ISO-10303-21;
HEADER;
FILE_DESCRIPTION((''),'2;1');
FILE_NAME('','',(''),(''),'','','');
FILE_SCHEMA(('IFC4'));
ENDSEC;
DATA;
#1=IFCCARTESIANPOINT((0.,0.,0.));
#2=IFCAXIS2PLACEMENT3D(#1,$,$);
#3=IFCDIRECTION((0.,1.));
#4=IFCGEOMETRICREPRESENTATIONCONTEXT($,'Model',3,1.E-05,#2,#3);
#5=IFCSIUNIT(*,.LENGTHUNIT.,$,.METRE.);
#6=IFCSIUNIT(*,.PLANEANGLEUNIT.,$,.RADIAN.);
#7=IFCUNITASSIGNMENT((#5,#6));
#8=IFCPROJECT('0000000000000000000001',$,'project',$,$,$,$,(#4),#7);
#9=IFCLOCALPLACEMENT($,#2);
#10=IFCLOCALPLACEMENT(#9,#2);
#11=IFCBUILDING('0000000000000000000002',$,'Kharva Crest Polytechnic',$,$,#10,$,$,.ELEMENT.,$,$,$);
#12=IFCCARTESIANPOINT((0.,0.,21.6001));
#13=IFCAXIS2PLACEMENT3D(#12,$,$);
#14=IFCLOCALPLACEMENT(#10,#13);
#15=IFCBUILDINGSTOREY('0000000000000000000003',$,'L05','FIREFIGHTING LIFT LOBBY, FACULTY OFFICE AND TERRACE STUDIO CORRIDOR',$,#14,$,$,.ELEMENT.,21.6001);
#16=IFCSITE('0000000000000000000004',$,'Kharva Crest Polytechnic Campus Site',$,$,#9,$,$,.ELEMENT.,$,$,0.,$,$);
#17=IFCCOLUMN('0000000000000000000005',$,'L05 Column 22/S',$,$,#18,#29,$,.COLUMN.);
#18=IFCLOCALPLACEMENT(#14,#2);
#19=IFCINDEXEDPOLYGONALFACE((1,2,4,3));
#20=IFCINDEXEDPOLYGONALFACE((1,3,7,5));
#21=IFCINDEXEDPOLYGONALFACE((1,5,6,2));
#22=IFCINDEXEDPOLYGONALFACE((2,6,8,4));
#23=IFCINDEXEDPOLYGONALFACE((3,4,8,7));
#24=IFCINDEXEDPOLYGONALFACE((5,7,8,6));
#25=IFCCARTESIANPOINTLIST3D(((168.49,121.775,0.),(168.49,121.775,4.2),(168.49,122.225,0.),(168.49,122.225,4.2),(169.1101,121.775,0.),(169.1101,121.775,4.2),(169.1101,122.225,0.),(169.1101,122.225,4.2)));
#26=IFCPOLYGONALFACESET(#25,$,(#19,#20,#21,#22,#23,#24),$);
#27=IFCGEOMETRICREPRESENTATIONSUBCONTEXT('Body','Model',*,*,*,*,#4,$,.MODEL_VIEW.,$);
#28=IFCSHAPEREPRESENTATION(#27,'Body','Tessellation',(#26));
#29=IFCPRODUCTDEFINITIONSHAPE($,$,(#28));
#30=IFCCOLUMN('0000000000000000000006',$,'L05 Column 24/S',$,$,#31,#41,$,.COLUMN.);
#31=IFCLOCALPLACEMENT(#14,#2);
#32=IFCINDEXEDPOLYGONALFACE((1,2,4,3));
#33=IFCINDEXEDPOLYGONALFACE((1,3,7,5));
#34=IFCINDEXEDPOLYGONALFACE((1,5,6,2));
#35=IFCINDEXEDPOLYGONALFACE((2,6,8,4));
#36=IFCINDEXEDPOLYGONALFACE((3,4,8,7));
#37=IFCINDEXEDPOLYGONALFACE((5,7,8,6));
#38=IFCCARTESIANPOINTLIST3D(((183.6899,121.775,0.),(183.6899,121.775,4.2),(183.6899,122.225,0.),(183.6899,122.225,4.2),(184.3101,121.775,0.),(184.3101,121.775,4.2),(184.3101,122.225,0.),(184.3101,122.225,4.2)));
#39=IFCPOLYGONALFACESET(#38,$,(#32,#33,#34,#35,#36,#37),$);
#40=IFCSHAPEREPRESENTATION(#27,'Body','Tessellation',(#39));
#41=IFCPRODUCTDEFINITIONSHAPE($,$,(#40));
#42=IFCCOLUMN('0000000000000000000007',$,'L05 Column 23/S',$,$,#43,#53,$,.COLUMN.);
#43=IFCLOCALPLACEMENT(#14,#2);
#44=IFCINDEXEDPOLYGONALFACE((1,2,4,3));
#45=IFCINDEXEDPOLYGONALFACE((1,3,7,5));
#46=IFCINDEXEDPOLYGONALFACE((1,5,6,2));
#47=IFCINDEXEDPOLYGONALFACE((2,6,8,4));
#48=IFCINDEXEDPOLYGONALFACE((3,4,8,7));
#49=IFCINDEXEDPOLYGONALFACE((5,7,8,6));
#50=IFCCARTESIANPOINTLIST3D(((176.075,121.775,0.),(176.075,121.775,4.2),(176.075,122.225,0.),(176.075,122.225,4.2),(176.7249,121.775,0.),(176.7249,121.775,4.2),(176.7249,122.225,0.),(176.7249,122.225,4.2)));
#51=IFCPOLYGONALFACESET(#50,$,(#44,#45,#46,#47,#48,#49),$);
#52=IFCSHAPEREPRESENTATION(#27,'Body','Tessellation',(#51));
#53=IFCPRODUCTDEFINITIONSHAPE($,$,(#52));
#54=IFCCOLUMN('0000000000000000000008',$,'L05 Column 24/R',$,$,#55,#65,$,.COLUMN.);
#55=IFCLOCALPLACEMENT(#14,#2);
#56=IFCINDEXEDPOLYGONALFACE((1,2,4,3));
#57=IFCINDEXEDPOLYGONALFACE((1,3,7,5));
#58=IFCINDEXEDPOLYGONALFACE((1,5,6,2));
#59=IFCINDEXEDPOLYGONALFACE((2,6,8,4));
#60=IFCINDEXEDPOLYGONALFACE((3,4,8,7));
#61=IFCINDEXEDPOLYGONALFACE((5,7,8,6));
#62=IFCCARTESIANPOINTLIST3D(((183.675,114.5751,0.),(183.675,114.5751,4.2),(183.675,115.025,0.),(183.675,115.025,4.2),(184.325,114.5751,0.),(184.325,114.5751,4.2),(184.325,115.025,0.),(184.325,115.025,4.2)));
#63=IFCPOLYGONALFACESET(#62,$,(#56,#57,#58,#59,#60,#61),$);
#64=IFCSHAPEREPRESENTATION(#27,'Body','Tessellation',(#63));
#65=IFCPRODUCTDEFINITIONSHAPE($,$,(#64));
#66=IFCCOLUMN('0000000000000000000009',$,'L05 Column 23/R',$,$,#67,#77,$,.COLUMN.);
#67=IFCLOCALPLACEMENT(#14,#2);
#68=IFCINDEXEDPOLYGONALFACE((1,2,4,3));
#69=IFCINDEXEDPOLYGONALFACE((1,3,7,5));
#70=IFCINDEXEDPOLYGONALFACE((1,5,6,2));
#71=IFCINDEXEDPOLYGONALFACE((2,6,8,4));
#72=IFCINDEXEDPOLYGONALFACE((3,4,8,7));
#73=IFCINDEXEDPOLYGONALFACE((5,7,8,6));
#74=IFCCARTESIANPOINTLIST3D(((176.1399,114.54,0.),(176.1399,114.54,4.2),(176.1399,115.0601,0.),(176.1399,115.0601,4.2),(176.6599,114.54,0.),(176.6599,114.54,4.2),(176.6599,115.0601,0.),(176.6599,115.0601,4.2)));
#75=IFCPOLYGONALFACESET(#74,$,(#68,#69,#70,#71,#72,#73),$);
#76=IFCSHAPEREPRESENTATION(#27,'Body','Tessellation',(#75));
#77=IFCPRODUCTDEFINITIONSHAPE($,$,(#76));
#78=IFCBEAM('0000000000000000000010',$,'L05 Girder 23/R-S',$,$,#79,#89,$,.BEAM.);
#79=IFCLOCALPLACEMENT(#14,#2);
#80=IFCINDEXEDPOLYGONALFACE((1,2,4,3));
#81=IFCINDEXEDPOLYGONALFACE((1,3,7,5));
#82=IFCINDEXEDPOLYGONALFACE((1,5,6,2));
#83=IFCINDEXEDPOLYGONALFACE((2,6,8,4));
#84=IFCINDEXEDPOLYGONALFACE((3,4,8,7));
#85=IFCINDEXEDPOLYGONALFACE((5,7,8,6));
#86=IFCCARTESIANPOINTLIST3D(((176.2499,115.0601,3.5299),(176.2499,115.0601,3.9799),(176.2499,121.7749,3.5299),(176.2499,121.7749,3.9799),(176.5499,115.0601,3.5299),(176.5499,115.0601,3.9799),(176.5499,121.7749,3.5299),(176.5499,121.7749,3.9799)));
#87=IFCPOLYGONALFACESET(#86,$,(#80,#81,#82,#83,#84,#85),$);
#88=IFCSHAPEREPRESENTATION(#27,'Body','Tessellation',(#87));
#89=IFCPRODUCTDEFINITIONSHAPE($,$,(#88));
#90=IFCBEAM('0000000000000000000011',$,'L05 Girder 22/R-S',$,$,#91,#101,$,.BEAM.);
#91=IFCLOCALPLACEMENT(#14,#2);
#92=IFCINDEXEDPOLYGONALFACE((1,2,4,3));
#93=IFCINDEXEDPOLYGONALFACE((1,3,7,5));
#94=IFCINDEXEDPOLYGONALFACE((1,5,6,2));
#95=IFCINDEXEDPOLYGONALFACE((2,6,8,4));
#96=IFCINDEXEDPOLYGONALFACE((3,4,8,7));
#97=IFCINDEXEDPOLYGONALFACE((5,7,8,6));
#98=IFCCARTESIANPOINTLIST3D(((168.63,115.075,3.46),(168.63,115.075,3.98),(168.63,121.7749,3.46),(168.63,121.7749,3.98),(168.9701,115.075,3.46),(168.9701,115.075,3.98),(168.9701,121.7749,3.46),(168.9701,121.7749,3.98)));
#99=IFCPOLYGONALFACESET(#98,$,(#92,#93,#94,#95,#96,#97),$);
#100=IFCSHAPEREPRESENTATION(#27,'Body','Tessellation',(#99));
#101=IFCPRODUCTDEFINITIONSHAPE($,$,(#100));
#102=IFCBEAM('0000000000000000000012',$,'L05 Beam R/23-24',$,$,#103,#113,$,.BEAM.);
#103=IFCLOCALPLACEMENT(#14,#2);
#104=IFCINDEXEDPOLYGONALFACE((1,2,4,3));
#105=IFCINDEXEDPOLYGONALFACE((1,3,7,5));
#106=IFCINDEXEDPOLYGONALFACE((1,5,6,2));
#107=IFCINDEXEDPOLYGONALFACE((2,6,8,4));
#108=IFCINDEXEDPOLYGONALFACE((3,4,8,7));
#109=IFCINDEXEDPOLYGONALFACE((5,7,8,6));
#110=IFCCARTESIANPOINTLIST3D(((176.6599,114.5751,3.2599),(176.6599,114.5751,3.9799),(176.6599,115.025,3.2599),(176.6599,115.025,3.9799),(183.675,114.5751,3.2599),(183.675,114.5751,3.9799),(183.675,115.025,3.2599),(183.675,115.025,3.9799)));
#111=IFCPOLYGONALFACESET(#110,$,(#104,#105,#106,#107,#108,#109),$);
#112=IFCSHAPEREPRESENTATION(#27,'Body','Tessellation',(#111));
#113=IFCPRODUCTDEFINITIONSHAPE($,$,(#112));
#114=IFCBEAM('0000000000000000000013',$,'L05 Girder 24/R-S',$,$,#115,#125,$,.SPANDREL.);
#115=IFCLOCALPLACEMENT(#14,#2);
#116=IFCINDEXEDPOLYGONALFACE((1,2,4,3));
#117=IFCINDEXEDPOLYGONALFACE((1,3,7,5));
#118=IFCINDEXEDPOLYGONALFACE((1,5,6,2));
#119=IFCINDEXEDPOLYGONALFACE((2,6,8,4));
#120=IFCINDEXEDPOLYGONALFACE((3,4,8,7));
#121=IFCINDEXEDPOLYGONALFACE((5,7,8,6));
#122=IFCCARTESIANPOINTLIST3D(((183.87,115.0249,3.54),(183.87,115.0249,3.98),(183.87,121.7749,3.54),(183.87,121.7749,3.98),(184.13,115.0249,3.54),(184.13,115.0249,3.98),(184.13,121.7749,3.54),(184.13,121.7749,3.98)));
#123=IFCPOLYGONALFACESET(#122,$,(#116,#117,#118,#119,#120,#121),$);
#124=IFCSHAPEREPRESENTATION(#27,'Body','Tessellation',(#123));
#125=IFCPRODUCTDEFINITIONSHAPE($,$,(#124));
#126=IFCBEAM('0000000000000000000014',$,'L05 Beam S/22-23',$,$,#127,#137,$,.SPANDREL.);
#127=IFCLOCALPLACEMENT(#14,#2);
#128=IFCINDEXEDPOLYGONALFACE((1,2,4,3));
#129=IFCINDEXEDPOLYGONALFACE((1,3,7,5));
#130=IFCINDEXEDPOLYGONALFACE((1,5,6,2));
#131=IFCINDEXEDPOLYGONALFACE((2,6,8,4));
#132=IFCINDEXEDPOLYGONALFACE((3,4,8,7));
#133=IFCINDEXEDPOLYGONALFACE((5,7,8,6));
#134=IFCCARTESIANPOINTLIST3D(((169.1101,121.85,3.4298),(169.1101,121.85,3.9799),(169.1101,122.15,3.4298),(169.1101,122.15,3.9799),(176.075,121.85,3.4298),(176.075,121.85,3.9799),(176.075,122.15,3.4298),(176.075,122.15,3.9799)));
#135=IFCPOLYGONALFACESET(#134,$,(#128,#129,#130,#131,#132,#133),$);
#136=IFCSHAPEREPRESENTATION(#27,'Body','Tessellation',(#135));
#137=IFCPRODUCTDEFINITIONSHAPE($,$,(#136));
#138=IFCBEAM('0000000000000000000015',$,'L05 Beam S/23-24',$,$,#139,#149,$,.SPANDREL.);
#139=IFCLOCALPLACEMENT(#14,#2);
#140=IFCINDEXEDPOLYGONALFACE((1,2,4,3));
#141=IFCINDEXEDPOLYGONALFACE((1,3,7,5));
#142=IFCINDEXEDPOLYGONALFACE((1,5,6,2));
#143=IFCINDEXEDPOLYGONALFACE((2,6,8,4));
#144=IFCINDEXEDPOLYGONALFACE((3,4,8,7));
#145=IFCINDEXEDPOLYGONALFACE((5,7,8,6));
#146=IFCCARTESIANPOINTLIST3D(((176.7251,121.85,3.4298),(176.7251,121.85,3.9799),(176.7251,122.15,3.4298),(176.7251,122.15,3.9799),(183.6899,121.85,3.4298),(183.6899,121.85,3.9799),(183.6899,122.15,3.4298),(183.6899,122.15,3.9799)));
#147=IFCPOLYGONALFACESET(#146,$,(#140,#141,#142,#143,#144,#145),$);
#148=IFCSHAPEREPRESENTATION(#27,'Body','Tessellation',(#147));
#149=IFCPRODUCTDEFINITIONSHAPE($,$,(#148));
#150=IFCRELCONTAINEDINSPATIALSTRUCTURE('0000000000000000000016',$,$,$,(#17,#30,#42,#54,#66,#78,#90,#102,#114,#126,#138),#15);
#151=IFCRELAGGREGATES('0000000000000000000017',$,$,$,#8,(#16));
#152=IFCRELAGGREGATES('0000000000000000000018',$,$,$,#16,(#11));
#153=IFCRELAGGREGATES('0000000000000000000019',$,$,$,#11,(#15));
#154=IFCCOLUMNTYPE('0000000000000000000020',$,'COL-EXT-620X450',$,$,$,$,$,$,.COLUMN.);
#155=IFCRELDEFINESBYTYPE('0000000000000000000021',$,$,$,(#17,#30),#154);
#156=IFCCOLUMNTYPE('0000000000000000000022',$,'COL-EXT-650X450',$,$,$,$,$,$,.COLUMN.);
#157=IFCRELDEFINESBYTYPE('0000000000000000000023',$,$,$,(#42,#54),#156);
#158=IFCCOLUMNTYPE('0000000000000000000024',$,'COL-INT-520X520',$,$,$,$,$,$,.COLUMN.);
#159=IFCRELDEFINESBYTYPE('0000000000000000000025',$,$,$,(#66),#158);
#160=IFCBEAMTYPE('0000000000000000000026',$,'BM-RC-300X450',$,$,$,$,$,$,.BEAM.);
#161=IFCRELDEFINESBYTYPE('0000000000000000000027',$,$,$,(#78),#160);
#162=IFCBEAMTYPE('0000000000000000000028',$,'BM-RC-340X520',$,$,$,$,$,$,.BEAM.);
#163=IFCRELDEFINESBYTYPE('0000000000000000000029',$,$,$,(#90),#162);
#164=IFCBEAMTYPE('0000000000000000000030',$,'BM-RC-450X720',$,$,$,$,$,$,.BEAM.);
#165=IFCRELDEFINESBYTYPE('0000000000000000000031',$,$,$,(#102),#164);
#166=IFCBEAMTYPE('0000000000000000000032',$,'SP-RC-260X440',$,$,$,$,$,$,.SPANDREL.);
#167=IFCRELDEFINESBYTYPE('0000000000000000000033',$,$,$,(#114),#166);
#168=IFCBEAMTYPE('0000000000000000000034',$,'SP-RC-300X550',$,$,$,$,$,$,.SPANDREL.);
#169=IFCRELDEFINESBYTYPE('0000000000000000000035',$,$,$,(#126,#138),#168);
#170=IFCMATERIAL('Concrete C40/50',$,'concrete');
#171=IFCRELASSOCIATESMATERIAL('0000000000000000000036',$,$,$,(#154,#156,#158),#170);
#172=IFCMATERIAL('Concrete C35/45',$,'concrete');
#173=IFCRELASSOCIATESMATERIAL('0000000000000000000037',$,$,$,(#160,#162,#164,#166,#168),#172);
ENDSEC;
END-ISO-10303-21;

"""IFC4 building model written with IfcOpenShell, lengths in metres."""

from ifc_helpers import new_model, si_unit, direction, frame, origin, origin_2d, place, context, subcontext, project, spatial, rectangle, extrude, material, material_profile, profile_set, type_object, element, save


model = new_model("IFC4")

# Units and contexts
model_context = context("Model", 3, precision=1e-05, world=origin(), true_north=direction((0.0, 1.0)))
body_context = subcontext(model_context, "Body", "Model", "MODEL_VIEW")
ifc_project = project(units=[si_unit("LENGTHUNIT", "METRE"), si_unit("PLANEANGLEUNIT", "RADIAN")], contexts=[model_context])

# Site, building, storey
site_placement = place(None, origin())
site = spatial("IfcSite", under=ifc_project, at=site_placement, Name="Kharva Crest Polytechnic Campus Site", CompositionType="ELEMENT", RefElevation=0.0)
building_placement = place(site_placement, origin())
building = spatial("IfcBuilding", under=site, at=building_placement, Name="Kharva Crest Polytechnic", CompositionType="ELEMENT")
storey_placement = place(building_placement, frame((0.0, 0.0, 21.6001)))
storey = spatial("IfcBuildingStorey", under=building, at=storey_placement, Name="L05", Description="FIREFIGHTING LIFT LOBBY, FACULTY OFFICE AND TERRACE STUDIO CORRIDOR", CompositionType="ELEMENT", Elevation=21.6001)

# Columns
ifc_material_1 = material(Name="Concrete C40/50", Category="concrete")
ifc_material_profile_1 = material_profile(ifc_material_1, rectangle(XDim=0.6201, YDim=0.45, at=origin_2d()), Name="RECT 620 X 450")
ifc_profile_set_1 = profile_set([ifc_material_profile_1], Name="Concrete C40/50")
column_type_1 = type_object("IfcColumnType", Name="COL-EXT-620X450", PredefinedType="COLUMN", material=ifc_profile_set_1)
for number, where, z_axis, x_axis, name in (
    (1, (168.8, 122.0, 0.0), (0.0, 0.0, 1.0), (1.0, 0.0, 0.0), "L05 Column 22/S"),
    (2, (184.0, 122.0, 0.0), (0.0, 0.0, 1.0), (1.0, 0.0, 0.0), "L05 Column 24/S"),
):
    element("IfcColumn", number, at=place(storey_placement, frame(where, z_axis=z_axis, x_axis=x_axis)), inside=storey, type_object=column_type_1, Name=name, PredefinedType="COLUMN", context=body_context, shape_type="SweptSolid", body=[
        extrude(rectangle(XDim=0.6201, YDim=0.45, at=origin_2d()), origin(), (0.0, 0.0, 1.0), 4.2),
    ])
ifc_material_profile_2 = material_profile(ifc_material_1, rectangle(XDim=0.6499, YDim=0.45, at=origin_2d()), Name="RECT 650 X 450")
ifc_profile_set_2 = profile_set([ifc_material_profile_2], Name="Concrete C40/50")
column_type_2 = type_object("IfcColumnType", Name="COL-EXT-650X450", PredefinedType="COLUMN", material=ifc_profile_set_2)
for number, where, z_axis, x_axis, name in (
    (3, (176.3999, 122.0, 0.0), (0.0, 0.0, 1.0), (1.0, 0.0, 0.0), "L05 Column 23/S"),
    (4, (184.0, 114.8, 0.0), (0.0, 0.0, 1.0), (1.0, 0.0, 0.0), "L05 Column 24/R"),
):
    element("IfcColumn", number, at=place(storey_placement, frame(where, z_axis=z_axis, x_axis=x_axis)), inside=storey, type_object=column_type_2, Name=name, PredefinedType="COLUMN", context=body_context, shape_type="SweptSolid", body=[
        extrude(rectangle(XDim=0.6499, YDim=0.45, at=origin_2d()), origin(), (0.0, 0.0, 1.0), 4.2),
    ])
ifc_material_profile_3 = material_profile(ifc_material_1, rectangle(XDim=0.52, YDim=0.52, at=origin_2d()), Name="RECT 520 X 520")
ifc_profile_set_3 = profile_set([ifc_material_profile_3], Name="Concrete C40/50")
column_type_3 = type_object("IfcColumnType", Name="COL-INT-520X520", PredefinedType="COLUMN", material=ifc_profile_set_3)
column_placement = place(storey_placement, frame((176.3999, 114.8, 0.0), z_axis=(0.0, 0.0, 1.0), x_axis=(1.0, 0.0, 0.0)))
element("IfcColumn", 5, at=column_placement, inside=storey, type_object=column_type_3, Name="L05 Column 23/R", PredefinedType="COLUMN", context=body_context, shape_type="SweptSolid", body=[
    extrude(rectangle(XDim=0.52, YDim=0.52, at=origin_2d()), origin(), (0.0, 0.0, 1.0), 4.2),
])

# Beams
ifc_material_2 = material(Name="Concrete C35/45", Category="concrete")
ifc_material_profile_4 = material_profile(ifc_material_2, rectangle(XDim=0.3, YDim=0.45, at=origin_2d()), Name="RECT 300 X 450")
ifc_profile_set_4 = profile_set([ifc_material_profile_4], Name="Concrete C35/45")
beam_type_1 = type_object("IfcBeamType", Name="BM-RC-300X450", PredefinedType="BEAM", material=ifc_profile_set_4)
beam_1_placement = place(storey_placement, frame((176.3999, 115.0601, 3.7549), z_axis=(0.0, 1.0, 0.0), x_axis=(-1.0, 0.0, 0.0)))
element("IfcBeam", 6, at=beam_1_placement, inside=storey, type_object=beam_type_1, Name="L05 Girder 23/R-S", PredefinedType="BEAM", context=body_context, shape_type="SweptSolid", body=[
    extrude(rectangle(XDim=0.3, YDim=0.45, at=origin_2d()), origin(), (0.0, 0.0, 1.0), 6.7148),
])
ifc_material_profile_5 = material_profile(ifc_material_2, rectangle(XDim=0.3401, YDim=0.52, at=origin_2d()), Name="RECT 340 X 520")
ifc_profile_set_5 = profile_set([ifc_material_profile_5], Name="Concrete C35/45")
beam_type_2 = type_object("IfcBeamType", Name="BM-RC-340X520", PredefinedType="BEAM", material=ifc_profile_set_5)
beam_2_placement = place(storey_placement, frame((168.8, 115.075, 3.72), z_axis=(0.0, 1.0, 0.0), x_axis=(-1.0, 0.0, 0.0)))
element("IfcBeam", 7, at=beam_2_placement, inside=storey, type_object=beam_type_2, Name="L05 Girder 22/R-S", PredefinedType="BEAM", context=body_context, shape_type="SweptSolid", body=[
    extrude(rectangle(XDim=0.3401, YDim=0.52, at=origin_2d()), origin(), (0.0, 0.0, 1.0), 6.7),
])
ifc_material_profile_6 = material_profile(ifc_material_2, rectangle(XDim=0.45, YDim=0.72, at=origin_2d()), Name="RECT 450 X 720")
ifc_profile_set_6 = profile_set([ifc_material_profile_6], Name="Concrete C35/45")
beam_type_3 = type_object("IfcBeamType", Name="BM-RC-450X720", PredefinedType="BEAM", material=ifc_profile_set_6)
beam_3_placement = place(storey_placement, frame((176.6599, 114.8, 3.6199), z_axis=(1.0, 0.0, 0.0), x_axis=(0.0, 1.0, 0.0)))
element("IfcBeam", 8, at=beam_3_placement, inside=storey, type_object=beam_type_3, Name="L05 Beam R/23-24", PredefinedType="BEAM", context=body_context, shape_type="SweptSolid", body=[
    extrude(rectangle(XDim=0.45, YDim=0.72, at=origin_2d()), origin(), (0.0, 0.0, 1.0), 7.0151),
])
ifc_material_profile_7 = material_profile(ifc_material_2, rectangle(XDim=0.26, YDim=0.4399, at=origin_2d()), Name="RECT 260 X 440")
ifc_profile_set_7 = profile_set([ifc_material_profile_7], Name="Concrete C35/45")
beam_type_4 = type_object("IfcBeamType", Name="SP-RC-260X440", PredefinedType="SPANDREL", material=ifc_profile_set_7)
beam_4_placement = place(storey_placement, frame((184.0, 115.0249, 3.76), z_axis=(0.0, 1.0, 0.0), x_axis=(-1.0, 0.0, 0.0)))
element("IfcBeam", 9, at=beam_4_placement, inside=storey, type_object=beam_type_4, Name="L05 Girder 24/R-S", PredefinedType="SPANDREL", context=body_context, shape_type="SweptSolid", body=[
    extrude(rectangle(XDim=0.26, YDim=0.4399, at=origin_2d()), origin(), (0.0, 0.0, 1.0), 6.75),
])
ifc_material_profile_8 = material_profile(ifc_material_2, rectangle(XDim=0.3, YDim=0.55, at=origin_2d()), Name="RECT 300 X 550")
ifc_profile_set_8 = profile_set([ifc_material_profile_8], Name="Concrete C35/45")
beam_type_5 = type_object("IfcBeamType", Name="SP-RC-300X550", PredefinedType="SPANDREL", material=ifc_profile_set_8)
for number, where, z_axis, x_axis, name in (
    (10, (169.1101, 122.0, 3.7048), (1.0, 0.0, 0.0), (0.0, 1.0, 0.0), "L05 Beam S/22-23"),
    (11, (176.7251, 122.0, 3.7048), (1.0, 0.0, 0.0), (0.0, 1.0, 0.0), "L05 Beam S/23-24"),
):
    element("IfcBeam", number, at=place(storey_placement, frame(where, z_axis=z_axis, x_axis=x_axis)), inside=storey, type_object=beam_type_5, Name=name, PredefinedType="SPANDREL", context=body_context, shape_type="SweptSolid", body=[
        extrude(rectangle(XDim=0.3, YDim=0.55, at=origin_2d()), origin(), (0.0, 0.0, 1.0), 6.9648),
    ])

save(model, "model.ifc")
